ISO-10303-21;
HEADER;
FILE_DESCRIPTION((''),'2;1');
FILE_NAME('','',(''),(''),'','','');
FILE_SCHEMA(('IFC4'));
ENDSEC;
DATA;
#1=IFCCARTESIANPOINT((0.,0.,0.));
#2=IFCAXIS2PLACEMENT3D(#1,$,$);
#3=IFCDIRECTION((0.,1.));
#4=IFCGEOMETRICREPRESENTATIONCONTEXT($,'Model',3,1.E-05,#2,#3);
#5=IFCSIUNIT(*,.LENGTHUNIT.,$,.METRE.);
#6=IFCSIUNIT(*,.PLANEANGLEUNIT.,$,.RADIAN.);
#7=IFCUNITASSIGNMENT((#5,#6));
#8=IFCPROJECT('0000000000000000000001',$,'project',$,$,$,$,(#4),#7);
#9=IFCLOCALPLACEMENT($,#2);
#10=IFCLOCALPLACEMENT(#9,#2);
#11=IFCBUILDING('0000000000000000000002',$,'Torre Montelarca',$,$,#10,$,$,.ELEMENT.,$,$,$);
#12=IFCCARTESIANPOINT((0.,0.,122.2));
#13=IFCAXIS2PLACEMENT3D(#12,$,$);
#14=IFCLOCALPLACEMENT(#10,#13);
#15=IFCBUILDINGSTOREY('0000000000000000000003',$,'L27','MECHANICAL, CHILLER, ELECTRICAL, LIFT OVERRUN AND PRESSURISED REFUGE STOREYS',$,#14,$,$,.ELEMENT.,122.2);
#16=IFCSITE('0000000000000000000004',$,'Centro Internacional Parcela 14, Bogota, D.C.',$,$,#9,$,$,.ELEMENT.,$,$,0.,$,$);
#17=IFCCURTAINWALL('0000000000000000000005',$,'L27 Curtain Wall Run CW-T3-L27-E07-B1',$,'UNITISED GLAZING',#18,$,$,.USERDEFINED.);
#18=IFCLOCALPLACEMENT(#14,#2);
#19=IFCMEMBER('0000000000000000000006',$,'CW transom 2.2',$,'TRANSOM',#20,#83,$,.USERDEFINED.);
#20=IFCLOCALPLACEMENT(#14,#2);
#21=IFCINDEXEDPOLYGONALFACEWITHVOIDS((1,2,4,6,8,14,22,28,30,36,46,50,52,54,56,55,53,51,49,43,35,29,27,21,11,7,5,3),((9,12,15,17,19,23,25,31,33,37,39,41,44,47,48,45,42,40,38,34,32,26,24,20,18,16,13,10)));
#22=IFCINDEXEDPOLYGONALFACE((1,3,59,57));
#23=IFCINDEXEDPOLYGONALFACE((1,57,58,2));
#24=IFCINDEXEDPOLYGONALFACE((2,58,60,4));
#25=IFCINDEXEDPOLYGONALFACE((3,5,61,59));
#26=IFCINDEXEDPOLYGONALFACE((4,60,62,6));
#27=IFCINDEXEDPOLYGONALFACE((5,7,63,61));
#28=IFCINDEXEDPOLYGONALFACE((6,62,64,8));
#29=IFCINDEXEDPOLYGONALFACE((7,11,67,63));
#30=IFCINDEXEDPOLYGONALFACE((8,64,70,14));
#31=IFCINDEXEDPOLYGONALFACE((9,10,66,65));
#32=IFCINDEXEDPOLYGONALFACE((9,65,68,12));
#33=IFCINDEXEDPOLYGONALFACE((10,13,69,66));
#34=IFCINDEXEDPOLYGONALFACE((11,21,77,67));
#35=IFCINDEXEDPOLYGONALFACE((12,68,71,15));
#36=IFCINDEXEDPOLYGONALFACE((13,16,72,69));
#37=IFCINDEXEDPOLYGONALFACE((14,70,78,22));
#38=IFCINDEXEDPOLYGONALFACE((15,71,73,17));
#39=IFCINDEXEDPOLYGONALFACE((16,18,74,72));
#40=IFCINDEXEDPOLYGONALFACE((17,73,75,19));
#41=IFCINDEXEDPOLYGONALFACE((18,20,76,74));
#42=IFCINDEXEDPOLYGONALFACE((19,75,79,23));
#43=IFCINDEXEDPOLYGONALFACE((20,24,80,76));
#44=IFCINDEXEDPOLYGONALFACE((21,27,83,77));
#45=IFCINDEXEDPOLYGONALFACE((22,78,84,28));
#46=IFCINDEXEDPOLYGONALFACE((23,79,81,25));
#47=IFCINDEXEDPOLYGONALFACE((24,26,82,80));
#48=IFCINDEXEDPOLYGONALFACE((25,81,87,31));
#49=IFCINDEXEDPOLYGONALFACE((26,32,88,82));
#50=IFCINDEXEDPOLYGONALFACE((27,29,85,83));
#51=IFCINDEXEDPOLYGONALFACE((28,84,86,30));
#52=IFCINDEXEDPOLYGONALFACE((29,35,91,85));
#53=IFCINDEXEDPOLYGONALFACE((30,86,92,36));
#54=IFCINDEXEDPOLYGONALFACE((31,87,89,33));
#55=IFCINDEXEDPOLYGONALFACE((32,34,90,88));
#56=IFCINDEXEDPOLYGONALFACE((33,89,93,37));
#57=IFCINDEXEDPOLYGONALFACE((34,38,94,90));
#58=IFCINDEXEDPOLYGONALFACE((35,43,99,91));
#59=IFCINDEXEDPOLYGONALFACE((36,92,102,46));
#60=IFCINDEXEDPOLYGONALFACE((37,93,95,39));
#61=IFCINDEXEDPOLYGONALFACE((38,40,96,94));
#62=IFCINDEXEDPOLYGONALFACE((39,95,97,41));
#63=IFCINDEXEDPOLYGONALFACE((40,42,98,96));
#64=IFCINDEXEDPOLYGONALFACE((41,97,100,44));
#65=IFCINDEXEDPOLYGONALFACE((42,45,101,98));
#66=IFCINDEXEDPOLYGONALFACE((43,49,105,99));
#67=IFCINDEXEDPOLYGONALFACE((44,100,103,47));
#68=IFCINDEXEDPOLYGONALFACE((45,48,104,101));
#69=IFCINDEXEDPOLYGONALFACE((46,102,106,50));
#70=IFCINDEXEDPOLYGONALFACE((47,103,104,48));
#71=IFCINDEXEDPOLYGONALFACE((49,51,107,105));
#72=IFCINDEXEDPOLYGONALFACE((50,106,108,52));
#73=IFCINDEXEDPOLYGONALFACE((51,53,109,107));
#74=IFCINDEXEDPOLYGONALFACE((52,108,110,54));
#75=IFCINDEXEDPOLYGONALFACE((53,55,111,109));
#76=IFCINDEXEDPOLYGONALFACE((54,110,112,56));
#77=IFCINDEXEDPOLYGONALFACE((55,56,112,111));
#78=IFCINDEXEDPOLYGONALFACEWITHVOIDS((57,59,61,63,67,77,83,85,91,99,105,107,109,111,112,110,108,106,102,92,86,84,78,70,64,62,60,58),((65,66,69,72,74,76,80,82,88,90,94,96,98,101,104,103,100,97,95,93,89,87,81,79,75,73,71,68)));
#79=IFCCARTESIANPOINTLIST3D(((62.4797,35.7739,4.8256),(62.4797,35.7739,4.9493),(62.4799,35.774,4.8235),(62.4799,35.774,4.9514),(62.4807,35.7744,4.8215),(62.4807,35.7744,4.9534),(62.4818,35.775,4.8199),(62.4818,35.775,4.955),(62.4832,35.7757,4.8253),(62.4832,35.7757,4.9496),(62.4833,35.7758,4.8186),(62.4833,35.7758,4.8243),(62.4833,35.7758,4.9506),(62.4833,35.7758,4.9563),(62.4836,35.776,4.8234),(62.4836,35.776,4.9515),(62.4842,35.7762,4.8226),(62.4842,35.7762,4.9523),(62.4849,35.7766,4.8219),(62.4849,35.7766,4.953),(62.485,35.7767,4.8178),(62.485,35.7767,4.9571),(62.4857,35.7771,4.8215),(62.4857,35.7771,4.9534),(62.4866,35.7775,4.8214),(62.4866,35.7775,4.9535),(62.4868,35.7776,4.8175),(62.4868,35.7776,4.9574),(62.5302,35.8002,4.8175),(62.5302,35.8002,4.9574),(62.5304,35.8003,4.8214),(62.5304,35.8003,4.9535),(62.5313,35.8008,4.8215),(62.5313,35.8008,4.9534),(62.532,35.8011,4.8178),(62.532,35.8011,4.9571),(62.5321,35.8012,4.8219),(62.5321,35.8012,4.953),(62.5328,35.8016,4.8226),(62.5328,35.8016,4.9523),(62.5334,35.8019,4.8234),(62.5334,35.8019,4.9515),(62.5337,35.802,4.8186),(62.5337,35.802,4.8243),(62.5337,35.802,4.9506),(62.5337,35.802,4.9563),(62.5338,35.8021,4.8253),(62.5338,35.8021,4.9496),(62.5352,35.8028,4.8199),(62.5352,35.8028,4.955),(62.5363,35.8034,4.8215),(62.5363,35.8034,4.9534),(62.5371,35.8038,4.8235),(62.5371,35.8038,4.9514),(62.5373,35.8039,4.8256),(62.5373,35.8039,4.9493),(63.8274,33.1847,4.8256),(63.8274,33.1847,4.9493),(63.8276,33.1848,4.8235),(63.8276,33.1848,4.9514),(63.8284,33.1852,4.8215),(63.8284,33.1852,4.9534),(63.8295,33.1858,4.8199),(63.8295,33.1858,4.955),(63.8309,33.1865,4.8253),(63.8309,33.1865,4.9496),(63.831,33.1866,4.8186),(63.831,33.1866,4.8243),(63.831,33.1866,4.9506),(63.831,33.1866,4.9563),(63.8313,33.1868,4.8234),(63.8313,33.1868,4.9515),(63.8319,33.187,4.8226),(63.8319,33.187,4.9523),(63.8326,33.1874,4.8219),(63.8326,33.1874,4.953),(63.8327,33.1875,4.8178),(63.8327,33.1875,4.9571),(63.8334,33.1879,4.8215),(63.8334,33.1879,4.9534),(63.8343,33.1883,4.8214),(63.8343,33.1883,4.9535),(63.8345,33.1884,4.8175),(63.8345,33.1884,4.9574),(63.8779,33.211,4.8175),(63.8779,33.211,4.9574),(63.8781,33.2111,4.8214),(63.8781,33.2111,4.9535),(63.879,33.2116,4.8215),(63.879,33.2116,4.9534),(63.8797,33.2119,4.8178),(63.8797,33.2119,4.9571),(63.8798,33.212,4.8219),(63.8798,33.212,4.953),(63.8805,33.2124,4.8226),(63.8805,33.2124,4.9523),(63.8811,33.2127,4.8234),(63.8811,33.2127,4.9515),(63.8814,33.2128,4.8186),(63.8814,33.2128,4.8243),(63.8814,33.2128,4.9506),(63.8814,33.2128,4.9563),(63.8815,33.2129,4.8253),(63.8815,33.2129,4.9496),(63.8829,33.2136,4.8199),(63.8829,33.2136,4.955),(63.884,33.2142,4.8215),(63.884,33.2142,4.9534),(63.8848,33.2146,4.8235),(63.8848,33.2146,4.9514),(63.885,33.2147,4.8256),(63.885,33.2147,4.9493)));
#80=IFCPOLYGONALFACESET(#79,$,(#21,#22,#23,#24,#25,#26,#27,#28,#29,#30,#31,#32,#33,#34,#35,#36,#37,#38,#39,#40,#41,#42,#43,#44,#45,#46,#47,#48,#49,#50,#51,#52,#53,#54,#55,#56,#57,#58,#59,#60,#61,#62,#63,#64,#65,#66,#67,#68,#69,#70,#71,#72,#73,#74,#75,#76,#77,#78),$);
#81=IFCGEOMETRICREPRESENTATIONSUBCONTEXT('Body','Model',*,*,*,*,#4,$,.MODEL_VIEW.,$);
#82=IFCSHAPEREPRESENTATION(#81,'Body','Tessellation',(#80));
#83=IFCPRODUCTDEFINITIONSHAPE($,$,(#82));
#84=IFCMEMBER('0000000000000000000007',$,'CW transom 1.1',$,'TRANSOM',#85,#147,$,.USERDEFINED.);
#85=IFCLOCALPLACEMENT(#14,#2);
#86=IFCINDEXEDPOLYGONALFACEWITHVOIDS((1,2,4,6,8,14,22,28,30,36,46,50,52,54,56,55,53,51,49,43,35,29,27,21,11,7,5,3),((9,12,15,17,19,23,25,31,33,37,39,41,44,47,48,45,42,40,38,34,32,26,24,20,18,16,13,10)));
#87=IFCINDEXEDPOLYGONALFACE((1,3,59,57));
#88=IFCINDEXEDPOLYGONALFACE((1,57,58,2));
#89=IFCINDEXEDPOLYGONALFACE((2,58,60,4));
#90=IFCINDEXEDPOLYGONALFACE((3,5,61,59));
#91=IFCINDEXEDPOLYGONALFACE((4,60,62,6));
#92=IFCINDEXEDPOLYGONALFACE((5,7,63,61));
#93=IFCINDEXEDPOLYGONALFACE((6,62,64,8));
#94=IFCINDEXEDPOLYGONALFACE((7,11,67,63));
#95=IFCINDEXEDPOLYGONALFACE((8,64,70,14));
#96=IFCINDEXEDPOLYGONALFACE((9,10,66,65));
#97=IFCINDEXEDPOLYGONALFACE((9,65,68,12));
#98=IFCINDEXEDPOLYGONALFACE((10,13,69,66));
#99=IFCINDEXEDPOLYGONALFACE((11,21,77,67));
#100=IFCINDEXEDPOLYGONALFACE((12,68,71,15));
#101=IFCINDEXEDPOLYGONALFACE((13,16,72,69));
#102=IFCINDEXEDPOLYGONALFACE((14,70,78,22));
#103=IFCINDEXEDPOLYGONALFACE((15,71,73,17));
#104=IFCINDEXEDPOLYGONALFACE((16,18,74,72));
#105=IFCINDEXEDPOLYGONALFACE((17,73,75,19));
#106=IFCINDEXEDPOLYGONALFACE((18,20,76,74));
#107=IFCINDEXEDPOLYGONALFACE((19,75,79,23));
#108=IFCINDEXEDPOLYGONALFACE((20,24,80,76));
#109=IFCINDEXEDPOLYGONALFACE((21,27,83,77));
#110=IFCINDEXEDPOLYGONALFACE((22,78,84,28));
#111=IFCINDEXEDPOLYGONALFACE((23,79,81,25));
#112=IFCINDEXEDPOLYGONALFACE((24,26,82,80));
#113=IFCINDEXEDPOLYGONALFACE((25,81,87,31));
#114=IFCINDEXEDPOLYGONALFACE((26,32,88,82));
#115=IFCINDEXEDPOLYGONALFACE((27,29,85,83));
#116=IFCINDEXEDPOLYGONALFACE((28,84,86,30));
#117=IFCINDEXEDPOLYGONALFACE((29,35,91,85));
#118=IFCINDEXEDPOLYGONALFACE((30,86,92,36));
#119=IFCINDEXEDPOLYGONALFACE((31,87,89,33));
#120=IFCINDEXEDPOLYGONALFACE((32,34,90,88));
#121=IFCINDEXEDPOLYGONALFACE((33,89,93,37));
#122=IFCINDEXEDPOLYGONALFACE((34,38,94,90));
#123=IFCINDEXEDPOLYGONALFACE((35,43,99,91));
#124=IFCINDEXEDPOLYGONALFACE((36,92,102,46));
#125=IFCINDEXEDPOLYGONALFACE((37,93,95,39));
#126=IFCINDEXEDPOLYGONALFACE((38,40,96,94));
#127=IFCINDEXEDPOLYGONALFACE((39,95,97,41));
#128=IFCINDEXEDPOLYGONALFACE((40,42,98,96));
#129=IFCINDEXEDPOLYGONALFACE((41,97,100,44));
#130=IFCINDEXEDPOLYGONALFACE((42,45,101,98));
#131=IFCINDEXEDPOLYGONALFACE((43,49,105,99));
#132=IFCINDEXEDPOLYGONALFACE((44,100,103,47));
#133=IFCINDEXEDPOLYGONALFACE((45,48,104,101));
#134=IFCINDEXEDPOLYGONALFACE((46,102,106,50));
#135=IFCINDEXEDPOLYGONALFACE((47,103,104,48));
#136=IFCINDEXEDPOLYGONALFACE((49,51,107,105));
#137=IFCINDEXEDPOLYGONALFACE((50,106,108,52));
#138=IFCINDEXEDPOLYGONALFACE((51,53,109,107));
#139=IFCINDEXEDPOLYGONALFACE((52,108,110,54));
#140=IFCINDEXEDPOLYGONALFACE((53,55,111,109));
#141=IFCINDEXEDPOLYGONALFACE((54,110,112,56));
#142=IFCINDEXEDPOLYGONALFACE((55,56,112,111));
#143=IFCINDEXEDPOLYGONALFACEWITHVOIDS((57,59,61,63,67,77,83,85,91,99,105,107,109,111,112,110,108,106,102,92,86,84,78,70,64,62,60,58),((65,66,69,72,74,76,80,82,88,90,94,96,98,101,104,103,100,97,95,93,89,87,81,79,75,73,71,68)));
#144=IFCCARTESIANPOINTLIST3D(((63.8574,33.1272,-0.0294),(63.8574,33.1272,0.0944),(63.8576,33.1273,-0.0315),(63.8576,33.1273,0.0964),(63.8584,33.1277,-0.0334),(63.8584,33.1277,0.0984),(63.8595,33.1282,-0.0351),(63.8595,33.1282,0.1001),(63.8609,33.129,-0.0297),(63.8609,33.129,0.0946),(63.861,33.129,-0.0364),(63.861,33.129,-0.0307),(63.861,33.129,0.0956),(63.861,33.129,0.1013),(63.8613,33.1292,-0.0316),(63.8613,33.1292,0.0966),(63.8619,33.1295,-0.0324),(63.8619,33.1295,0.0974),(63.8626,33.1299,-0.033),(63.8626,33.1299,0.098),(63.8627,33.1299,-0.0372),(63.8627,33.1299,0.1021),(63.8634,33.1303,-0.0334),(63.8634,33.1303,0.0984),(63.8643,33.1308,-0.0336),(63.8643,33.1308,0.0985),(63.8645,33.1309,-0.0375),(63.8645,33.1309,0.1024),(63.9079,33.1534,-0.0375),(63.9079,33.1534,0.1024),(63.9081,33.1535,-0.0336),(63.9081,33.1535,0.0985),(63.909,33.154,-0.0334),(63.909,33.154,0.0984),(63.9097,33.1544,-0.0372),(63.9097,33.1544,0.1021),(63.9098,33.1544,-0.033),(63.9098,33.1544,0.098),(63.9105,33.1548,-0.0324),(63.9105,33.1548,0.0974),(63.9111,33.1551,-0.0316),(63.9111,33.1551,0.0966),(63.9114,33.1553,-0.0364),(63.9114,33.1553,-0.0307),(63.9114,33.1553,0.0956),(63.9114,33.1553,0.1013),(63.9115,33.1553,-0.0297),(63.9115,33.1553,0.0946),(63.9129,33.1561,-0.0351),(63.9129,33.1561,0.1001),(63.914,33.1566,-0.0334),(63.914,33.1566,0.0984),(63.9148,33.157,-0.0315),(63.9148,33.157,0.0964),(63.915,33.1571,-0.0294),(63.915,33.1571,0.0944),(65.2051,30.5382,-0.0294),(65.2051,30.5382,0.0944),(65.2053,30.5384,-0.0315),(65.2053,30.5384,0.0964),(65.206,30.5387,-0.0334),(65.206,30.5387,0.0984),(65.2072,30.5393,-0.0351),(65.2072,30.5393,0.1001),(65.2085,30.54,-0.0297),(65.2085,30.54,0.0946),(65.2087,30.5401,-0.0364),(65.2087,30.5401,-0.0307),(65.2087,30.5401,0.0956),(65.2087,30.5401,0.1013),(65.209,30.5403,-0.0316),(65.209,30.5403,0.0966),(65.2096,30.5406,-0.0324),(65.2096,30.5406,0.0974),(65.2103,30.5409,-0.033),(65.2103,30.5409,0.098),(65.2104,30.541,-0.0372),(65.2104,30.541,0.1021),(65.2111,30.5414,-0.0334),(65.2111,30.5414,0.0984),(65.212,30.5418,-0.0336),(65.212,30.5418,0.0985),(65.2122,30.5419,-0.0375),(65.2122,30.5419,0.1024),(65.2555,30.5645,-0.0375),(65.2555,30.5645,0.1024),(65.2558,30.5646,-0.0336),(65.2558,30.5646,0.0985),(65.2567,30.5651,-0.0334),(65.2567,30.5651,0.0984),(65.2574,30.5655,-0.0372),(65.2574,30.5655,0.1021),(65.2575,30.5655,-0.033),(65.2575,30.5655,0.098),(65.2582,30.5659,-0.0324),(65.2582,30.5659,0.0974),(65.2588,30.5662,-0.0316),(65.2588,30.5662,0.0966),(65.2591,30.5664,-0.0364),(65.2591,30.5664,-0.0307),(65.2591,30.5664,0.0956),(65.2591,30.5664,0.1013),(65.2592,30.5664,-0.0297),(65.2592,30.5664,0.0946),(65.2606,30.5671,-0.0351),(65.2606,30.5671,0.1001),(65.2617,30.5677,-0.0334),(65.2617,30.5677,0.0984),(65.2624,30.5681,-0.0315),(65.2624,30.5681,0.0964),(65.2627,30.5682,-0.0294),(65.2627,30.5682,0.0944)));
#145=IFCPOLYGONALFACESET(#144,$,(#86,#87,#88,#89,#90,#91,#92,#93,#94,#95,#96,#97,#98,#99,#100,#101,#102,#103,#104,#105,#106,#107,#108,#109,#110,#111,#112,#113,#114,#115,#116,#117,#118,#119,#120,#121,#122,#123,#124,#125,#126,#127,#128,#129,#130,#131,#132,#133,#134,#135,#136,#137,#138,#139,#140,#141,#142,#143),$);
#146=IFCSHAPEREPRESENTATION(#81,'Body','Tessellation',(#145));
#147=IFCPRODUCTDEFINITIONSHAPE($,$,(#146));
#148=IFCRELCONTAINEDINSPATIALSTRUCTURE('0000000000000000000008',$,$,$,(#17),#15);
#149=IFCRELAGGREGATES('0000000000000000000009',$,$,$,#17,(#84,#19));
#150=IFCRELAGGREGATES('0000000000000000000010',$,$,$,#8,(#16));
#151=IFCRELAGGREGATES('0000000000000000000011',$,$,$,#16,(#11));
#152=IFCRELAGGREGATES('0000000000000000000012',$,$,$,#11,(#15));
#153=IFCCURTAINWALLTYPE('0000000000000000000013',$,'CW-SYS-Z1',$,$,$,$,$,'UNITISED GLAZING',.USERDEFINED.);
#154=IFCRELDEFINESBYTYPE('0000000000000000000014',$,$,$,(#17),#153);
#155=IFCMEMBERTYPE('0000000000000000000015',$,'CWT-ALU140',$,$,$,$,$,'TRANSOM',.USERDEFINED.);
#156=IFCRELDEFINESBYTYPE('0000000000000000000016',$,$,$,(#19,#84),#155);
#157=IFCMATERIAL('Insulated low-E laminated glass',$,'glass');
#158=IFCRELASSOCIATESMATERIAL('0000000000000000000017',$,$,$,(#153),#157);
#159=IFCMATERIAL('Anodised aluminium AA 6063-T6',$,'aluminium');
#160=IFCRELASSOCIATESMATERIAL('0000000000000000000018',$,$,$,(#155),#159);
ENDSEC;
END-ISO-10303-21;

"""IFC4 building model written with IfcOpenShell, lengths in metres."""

from ifc_helpers import new_model, si_unit, direction, frame, origin, origin_2d, place, context, subcontext, project, spatial, hollow_rectangle, extrude, source, transform, mapped, material, material_profile, profile_set, type_object, element, aggregate, save


model = new_model("IFC4")

# Units and contexts
model_context = context("Model", 3, precision=1e-05, world=origin(), true_north=direction((0.0, 1.0)))
body_context = subcontext(model_context, "Body", "Model", "MODEL_VIEW")
ifc_project = project(units=[si_unit("LENGTHUNIT", "METRE"), si_unit("PLANEANGLEUNIT", "RADIAN")], contexts=[model_context])

# Site, building, storey
site_placement = place(None, origin())
site = spatial("IfcSite", under=ifc_project, at=site_placement, Name="Centro Internacional Parcela 14, Bogota, D.C.", CompositionType="ELEMENT", RefElevation=0.0)
building_placement = place(site_placement, origin())
building = spatial("IfcBuilding", under=site, at=building_placement, Name="Torre Montelarca", CompositionType="ELEMENT")
storey_placement = place(building_placement, frame((0.0, 0.0, 122.2)))
storey = spatial("IfcBuildingStorey", under=building, at=storey_placement, Name="L27", Description="MECHANICAL, CHILLER, ELECTRICAL, LIFT OVERRUN AND PRESSURISED REFUGE STOREYS", CompositionType="ELEMENT", Elevation=122.2)

# Curtain wall, members
ifc_material_1 = material(Name="Insulated low-E laminated glass", Category="glass")
curtain_wall_type = type_object("IfcCurtainWallType", Name="CW-SYS-Z1", ElementType="UNITISED GLAZING", PredefinedType="USERDEFINED", material=ifc_material_1)
curtain_wall_1_placement = place(storey_placement, origin())
curtain_wall_1 = element("IfcCurtainWall", 1, at=curtain_wall_1_placement, inside=storey, type_object=curtain_wall_type, Name="L27 Curtain Wall Run CW-T3-L27-E07-B1", ObjectType="UNITISED GLAZING", PredefinedType="USERDEFINED")
ifc_material_2 = material(Name="Anodised aluminium AA 6063-T6", Category="aluminium")
ifc_material_profile_1 = material_profile(ifc_material_2, hollow_rectangle(XDim=0.0649, YDim=0.1399, WallThickness=0.0039, InnerFilletRadius=0.0039, OuterFilletRadius=0.0081, at=origin_2d()), Name="ALU65X140X4", Category="aluminium")
ifc_profile_set_1 = profile_set([ifc_material_profile_1], Name="Anodised aluminium AA 6063-T6")
member_type_1 = type_object("IfcMemberType", Name="CWT-ALU140", ElementType="TRANSOM", PredefinedType="USERDEFINED", material=ifc_profile_set_1)
shared_shape_1 = source(origin(), body_context, "Body", "SweptSolid", [
    extrude(hollow_rectangle(XDim=0.0649, YDim=0.1399, WallThickness=0.0039, InnerFilletRadius=0.0039, OuterFilletRadius=0.0081, at=origin_2d()), origin(), (0.0, 0.0, 1.0), 2.9189),
])
member_1_placement = place(storey_placement, frame((63.8562, 33.1997, 4.8875), z_axis=(-0.461708, 0.887032, 0.0), x_axis=(-0.887032, -0.461708, 0.0)))
member_1 = element("IfcMember", 2, at=member_1_placement, type_object=member_type_1, Name="CW transom 2.2", ObjectType="TRANSOM", PredefinedType="USERDEFINED", context=body_context, shape_type="MappedRepresentation", body=[
    mapped(shared_shape_1, transform((0.0, 0.0, 0.0), scale=1.0)),
])
shared_shape_2 = source(origin(), body_context, "Body", "SweptSolid", [
    extrude(hollow_rectangle(XDim=0.0649, YDim=0.1399, WallThickness=0.0039, InnerFilletRadius=0.0039, OuterFilletRadius=0.0081, at=origin_2d()), origin(), (0.0, 0.0, 1.0), 2.9187),
])
member_2_placement = place(storey_placement, frame((65.2339, 30.5532, 0.0325), z_axis=(-0.461742, 0.887014, 0.0), x_axis=(-0.887014, -0.461742, 0.0)))
member_2 = element("IfcMember", 3, at=member_2_placement, type_object=member_type_1, Name="CW transom 1.1", ObjectType="TRANSOM", PredefinedType="USERDEFINED", context=body_context, shape_type="MappedRepresentation", body=[
    mapped(shared_shape_2, transform((0.0, 0.0, 0.0), scale=1.0)),
])

aggregate(curtain_wall_1, [member_2, member_1])

save(model, "model.ifc")
